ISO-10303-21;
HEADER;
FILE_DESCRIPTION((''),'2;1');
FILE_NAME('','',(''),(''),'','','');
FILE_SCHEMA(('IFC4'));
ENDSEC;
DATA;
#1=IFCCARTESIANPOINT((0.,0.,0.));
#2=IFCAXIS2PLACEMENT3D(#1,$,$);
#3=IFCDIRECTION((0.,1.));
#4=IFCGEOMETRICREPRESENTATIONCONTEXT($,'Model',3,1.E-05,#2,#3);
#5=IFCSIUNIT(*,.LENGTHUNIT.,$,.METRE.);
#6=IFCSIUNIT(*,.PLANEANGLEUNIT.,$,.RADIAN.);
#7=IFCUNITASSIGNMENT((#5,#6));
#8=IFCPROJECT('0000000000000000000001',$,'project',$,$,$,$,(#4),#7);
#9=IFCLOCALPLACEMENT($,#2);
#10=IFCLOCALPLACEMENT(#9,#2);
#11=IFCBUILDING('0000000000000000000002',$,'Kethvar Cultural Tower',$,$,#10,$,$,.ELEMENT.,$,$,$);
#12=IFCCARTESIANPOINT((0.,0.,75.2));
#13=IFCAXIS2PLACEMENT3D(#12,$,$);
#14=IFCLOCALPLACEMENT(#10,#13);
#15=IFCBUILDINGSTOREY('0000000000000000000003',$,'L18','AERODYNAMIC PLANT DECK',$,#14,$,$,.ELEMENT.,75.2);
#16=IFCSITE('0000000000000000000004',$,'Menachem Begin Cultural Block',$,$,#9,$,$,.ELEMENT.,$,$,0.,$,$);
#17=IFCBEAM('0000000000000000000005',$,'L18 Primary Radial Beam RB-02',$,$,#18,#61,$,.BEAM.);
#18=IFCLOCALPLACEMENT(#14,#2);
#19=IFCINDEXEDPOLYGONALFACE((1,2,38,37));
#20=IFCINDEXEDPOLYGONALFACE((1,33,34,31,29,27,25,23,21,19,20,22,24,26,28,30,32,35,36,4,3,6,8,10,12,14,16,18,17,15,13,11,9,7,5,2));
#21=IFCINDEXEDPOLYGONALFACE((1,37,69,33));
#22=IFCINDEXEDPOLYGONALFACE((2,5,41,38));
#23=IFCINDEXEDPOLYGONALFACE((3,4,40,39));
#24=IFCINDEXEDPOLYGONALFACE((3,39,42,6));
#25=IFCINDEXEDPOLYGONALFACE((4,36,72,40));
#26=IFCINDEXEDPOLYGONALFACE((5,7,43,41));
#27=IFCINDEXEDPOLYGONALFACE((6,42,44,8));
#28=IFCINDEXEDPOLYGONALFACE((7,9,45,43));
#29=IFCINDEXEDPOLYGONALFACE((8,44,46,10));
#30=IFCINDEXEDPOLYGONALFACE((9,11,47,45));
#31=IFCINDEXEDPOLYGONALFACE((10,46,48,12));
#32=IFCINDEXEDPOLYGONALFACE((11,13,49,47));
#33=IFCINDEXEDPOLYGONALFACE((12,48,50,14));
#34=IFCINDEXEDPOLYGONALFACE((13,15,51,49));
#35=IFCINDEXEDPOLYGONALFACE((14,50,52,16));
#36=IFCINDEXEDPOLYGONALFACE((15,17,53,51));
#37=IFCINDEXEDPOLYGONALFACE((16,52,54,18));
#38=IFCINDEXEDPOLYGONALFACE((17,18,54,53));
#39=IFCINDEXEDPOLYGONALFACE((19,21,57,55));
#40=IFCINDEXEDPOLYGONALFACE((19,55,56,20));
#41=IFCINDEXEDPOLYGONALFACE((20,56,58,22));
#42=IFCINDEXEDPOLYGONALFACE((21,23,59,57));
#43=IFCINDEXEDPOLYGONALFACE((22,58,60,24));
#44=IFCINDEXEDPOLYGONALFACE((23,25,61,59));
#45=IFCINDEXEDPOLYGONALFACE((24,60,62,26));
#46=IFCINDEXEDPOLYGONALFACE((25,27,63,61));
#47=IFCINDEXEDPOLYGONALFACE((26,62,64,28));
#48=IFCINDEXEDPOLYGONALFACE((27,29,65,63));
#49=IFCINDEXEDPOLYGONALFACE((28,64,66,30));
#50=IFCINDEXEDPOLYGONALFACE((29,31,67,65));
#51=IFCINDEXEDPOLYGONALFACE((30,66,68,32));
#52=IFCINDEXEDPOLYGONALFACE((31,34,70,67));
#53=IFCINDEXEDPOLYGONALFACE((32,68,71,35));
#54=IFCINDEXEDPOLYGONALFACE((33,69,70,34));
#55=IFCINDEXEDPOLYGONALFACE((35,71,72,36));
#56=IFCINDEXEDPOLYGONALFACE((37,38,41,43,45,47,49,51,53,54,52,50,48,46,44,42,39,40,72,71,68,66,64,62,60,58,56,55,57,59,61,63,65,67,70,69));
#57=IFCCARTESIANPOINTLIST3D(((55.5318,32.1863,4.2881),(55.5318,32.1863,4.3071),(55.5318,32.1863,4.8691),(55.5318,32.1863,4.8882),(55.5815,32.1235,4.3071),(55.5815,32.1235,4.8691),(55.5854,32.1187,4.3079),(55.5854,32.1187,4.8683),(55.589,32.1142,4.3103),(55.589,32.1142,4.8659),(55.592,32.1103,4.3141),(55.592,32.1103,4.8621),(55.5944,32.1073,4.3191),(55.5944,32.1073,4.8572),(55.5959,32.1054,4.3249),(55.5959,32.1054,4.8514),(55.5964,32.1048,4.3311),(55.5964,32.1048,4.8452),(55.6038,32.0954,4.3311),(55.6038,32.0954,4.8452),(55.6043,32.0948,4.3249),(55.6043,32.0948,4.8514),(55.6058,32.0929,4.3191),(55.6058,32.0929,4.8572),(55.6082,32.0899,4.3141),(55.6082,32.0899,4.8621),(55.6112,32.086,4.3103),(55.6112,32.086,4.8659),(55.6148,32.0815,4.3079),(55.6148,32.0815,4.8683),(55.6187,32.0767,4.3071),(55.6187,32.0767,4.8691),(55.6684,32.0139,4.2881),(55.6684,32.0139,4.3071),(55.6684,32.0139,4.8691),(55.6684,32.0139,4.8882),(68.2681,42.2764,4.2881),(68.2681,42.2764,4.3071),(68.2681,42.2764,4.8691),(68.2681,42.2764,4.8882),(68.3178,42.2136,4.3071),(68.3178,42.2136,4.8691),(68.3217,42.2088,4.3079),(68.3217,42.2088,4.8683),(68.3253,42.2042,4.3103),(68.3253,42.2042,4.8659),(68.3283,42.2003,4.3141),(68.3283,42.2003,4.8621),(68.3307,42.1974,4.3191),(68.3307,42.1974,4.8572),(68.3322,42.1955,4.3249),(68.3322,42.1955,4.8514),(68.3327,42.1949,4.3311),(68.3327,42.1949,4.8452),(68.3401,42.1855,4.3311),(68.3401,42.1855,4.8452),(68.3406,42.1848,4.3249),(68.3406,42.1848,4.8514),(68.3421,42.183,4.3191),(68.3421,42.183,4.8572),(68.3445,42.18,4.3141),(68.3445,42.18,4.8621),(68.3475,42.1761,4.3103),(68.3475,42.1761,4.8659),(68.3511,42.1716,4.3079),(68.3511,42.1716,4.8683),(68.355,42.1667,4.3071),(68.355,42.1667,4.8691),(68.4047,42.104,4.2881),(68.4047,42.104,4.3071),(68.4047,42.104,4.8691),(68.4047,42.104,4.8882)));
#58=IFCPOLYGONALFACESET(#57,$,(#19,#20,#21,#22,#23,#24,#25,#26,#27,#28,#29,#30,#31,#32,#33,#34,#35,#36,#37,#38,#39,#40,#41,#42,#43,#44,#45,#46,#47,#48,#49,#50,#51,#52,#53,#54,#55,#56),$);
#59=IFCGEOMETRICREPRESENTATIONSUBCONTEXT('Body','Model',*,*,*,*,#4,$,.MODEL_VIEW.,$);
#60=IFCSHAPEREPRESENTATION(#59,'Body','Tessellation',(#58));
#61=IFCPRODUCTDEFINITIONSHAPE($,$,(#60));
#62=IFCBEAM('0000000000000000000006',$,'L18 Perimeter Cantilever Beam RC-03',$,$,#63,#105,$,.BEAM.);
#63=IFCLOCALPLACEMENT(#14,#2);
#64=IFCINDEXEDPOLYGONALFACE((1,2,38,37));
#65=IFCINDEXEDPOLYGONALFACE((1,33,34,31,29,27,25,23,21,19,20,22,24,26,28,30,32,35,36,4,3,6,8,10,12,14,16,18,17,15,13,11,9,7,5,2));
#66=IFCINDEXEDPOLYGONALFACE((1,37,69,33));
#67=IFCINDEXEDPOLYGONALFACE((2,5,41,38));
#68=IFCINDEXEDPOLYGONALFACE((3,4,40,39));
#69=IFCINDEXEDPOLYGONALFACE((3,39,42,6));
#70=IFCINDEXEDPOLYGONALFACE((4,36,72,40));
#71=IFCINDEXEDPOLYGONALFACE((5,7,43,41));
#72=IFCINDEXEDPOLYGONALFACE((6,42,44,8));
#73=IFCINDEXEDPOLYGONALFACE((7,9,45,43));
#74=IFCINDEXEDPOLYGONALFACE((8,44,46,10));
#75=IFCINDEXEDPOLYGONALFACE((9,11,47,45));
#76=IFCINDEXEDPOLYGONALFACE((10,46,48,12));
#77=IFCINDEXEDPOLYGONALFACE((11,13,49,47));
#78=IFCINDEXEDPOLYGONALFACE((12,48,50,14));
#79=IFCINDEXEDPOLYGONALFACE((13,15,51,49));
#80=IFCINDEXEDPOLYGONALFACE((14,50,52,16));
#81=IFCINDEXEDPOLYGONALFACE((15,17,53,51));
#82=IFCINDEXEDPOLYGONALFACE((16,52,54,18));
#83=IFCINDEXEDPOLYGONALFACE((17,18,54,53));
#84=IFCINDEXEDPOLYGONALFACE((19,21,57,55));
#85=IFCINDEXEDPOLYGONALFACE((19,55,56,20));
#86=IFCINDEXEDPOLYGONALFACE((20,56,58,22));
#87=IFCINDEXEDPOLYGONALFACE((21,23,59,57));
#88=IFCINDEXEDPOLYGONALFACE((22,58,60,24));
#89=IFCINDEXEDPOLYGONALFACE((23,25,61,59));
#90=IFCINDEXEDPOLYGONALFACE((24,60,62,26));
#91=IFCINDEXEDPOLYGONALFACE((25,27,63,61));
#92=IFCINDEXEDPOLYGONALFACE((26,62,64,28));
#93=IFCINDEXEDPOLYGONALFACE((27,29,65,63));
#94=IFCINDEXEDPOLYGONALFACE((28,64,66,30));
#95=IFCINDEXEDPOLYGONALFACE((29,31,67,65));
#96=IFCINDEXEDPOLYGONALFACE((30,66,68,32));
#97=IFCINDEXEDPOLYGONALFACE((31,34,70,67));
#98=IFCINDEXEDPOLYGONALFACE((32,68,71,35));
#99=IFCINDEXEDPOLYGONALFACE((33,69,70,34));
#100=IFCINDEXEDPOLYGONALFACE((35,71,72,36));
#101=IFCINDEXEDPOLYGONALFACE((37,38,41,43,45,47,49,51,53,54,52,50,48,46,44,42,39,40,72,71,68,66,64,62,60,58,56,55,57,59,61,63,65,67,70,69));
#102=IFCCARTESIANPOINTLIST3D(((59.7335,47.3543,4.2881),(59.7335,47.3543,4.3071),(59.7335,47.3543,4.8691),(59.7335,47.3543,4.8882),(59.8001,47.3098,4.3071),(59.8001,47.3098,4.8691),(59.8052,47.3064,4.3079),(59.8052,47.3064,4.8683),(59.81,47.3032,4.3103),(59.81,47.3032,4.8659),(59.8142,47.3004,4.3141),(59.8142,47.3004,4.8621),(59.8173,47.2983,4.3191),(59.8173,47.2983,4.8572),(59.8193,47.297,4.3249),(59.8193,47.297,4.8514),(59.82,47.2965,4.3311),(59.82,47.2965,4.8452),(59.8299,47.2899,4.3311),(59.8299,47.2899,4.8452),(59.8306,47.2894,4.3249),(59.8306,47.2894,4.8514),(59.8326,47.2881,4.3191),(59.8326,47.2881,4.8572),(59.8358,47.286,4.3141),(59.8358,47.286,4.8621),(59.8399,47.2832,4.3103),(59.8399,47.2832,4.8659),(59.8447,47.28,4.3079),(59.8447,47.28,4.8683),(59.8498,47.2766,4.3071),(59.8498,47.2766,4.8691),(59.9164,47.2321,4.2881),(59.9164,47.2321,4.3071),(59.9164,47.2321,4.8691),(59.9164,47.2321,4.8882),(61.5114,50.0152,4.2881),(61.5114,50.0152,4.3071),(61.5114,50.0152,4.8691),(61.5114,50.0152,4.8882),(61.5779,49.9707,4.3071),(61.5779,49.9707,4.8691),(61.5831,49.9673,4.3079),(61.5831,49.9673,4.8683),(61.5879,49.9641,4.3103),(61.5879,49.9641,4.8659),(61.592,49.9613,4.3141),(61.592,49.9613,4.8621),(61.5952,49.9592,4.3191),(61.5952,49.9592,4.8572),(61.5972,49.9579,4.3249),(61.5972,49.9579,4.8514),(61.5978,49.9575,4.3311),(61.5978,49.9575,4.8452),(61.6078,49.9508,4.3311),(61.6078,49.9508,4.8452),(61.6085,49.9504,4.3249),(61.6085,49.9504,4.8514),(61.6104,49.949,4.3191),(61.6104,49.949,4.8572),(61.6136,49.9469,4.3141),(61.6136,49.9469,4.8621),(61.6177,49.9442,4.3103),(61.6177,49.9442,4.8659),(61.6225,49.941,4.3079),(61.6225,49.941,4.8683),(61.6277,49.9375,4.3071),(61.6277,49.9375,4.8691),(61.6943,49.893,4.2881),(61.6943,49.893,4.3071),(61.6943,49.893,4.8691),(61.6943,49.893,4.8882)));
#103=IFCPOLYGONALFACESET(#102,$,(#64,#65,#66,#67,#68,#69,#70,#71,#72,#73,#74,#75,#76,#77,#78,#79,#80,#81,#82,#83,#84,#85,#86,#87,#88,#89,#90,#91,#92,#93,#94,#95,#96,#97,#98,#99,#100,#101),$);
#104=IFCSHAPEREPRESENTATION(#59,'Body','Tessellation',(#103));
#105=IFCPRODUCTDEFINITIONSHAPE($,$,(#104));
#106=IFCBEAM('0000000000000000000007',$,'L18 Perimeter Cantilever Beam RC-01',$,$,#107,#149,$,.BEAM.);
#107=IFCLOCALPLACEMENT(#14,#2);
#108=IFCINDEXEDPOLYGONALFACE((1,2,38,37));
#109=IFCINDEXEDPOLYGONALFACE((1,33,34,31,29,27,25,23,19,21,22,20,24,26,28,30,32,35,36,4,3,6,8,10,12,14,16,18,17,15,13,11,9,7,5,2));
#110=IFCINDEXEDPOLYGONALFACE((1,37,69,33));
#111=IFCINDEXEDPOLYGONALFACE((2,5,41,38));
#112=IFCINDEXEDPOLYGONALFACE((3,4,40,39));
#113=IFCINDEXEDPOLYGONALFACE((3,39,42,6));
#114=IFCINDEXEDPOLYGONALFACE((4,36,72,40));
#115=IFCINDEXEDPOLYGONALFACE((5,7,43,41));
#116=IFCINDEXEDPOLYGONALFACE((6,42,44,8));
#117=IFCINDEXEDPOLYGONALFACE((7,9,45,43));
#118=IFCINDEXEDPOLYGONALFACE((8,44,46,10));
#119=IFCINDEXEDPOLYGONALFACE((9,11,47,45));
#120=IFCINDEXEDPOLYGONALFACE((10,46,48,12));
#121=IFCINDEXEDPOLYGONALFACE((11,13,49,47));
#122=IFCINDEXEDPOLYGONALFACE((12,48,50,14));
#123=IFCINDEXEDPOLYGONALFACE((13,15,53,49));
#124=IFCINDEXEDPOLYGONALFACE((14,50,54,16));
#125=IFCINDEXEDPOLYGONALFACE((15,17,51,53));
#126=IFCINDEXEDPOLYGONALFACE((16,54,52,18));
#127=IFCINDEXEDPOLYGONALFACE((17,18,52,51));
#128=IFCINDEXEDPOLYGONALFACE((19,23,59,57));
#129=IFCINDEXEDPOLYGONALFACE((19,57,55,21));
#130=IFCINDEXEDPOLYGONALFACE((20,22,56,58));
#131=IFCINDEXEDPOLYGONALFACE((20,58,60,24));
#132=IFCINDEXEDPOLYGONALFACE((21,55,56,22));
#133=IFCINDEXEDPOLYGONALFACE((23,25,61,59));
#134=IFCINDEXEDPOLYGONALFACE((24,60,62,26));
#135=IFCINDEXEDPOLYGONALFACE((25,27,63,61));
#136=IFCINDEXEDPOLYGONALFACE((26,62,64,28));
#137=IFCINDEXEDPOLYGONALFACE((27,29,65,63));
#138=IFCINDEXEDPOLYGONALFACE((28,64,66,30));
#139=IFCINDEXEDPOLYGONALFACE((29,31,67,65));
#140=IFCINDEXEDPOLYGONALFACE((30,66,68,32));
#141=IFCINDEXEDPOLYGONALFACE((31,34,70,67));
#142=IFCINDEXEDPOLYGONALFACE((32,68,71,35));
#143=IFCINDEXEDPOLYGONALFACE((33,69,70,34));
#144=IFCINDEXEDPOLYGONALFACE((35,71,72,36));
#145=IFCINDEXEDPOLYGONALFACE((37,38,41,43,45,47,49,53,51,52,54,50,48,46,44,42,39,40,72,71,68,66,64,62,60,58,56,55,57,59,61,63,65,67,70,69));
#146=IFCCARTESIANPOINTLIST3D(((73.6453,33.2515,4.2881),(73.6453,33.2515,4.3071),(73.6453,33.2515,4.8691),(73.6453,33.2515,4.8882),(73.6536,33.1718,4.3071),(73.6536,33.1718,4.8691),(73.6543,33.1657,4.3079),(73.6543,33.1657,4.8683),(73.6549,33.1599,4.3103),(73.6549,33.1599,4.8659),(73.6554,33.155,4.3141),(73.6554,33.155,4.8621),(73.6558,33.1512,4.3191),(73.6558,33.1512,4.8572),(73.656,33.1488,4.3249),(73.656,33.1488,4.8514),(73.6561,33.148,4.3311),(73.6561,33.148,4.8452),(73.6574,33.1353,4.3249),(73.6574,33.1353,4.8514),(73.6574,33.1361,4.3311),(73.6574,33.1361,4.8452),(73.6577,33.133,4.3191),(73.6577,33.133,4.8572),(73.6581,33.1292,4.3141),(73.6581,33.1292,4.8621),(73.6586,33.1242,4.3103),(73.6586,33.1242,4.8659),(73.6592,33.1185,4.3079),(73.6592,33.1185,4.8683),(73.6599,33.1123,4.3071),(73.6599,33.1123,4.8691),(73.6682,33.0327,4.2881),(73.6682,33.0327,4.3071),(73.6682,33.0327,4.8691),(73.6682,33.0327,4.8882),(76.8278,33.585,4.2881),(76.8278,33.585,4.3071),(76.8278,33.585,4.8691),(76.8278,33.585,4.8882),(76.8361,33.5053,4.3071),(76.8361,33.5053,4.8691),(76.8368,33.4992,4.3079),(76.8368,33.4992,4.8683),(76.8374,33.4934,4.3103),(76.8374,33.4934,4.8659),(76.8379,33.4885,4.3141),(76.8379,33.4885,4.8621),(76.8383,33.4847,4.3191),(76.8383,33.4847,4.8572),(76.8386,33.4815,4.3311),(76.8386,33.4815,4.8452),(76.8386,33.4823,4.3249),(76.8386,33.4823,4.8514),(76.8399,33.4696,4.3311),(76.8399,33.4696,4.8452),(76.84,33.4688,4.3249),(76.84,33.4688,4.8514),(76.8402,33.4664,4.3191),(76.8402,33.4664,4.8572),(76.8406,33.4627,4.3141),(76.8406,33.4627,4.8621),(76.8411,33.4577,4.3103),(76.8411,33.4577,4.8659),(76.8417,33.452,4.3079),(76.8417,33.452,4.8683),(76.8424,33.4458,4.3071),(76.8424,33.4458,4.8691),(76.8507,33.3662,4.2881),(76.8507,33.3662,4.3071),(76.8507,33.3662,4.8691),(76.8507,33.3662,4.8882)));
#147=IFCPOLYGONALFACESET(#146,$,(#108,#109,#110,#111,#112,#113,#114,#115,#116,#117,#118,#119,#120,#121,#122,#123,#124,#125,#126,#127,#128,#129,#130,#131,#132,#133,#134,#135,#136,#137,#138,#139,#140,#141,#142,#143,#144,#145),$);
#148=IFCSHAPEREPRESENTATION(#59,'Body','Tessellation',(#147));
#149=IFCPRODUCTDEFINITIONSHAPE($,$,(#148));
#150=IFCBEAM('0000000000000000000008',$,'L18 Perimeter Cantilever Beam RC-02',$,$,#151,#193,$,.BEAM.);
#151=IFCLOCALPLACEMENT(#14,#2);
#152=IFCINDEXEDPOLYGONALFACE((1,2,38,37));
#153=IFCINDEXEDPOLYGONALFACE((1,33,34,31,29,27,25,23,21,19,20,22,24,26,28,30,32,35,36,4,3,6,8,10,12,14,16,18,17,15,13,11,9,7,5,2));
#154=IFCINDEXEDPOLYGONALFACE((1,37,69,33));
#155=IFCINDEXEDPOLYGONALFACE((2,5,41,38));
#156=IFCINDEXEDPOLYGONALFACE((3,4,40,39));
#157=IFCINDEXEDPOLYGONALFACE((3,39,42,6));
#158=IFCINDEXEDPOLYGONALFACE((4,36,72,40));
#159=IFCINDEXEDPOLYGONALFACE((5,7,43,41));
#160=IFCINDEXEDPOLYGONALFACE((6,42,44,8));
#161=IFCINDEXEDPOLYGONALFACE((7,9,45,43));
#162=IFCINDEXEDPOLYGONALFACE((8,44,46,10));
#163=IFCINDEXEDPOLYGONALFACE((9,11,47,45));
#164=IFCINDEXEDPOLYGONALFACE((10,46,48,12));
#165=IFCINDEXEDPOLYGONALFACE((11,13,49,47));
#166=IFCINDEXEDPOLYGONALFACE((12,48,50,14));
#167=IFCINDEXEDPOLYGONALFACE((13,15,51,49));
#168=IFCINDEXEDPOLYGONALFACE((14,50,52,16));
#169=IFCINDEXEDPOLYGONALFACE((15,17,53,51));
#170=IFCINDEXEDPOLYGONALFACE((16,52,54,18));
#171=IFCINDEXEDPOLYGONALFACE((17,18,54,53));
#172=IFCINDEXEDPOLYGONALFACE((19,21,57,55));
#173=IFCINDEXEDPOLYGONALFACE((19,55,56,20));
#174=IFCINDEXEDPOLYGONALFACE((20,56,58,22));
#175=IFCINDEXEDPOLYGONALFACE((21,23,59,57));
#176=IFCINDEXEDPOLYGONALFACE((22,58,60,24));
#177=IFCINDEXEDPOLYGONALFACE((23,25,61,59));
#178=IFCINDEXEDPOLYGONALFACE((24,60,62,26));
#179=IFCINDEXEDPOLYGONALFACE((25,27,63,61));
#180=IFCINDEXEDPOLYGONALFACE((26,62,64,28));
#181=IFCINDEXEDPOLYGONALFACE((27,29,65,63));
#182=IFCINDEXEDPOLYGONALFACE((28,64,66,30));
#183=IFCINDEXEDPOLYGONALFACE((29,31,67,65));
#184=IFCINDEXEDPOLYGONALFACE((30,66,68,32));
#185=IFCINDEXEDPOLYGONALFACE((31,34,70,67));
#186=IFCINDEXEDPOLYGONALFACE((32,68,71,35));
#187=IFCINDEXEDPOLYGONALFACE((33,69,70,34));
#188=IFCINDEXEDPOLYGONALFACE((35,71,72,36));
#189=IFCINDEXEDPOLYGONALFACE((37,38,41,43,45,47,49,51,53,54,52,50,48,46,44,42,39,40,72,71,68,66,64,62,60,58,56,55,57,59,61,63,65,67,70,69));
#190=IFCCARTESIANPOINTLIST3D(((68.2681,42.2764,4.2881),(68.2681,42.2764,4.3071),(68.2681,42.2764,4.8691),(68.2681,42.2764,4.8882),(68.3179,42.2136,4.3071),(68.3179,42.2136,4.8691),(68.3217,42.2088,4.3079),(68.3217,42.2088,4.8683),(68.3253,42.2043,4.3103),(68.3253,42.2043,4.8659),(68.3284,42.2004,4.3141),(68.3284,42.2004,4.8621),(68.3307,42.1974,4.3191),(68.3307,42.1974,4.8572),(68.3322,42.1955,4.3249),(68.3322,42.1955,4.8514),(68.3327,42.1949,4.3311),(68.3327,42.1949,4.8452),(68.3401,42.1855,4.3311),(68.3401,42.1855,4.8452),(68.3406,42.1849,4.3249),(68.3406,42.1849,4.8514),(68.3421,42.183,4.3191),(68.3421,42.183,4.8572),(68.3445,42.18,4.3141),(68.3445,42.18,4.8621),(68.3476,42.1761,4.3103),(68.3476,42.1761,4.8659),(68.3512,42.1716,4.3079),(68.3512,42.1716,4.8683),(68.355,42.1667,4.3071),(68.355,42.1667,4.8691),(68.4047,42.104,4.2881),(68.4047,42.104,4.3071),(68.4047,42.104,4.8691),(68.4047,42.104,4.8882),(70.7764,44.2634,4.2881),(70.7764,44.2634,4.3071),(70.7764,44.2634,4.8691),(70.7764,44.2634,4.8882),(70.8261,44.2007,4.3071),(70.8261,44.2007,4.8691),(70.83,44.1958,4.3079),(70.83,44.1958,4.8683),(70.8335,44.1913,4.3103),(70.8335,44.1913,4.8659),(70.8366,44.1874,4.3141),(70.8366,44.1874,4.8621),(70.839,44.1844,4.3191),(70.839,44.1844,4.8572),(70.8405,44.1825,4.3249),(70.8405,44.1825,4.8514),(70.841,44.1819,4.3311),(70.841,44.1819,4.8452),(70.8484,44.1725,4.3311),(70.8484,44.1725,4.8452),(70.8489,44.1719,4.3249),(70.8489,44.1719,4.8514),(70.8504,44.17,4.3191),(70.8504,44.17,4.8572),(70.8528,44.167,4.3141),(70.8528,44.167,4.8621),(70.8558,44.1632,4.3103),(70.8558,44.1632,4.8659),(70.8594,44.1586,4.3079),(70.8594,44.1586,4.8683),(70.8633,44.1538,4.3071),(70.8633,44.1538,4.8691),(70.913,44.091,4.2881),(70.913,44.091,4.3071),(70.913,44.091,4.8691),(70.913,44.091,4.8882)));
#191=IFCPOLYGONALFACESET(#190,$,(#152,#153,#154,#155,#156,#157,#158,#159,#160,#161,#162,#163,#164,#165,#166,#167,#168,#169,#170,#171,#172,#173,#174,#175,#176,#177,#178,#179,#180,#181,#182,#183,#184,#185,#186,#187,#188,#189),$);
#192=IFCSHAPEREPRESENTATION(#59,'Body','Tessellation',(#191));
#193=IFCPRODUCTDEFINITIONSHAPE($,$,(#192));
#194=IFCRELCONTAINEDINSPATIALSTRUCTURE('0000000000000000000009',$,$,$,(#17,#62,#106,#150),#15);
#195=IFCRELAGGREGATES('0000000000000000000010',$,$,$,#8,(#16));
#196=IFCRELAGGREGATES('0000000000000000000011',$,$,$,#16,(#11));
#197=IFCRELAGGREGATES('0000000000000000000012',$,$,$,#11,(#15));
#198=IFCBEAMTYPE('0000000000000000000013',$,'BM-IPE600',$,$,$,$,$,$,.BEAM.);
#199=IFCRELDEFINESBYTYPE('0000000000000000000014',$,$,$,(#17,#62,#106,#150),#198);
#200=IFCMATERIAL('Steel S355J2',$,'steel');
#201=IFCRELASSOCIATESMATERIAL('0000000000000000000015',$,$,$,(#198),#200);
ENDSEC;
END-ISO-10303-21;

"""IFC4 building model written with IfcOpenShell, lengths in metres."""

from ifc_helpers import new_model, si_unit, direction, frame, origin, origin_2d, place, context, subcontext, project, spatial, i_section, extrude, source, transform, mapped, material, material_profile, profile_set, type_object, element, save


model = new_model("IFC4")

# Units and contexts
model_context = context("Model", 3, precision=1e-05, world=origin(), true_north=direction((0.0, 1.0)))
body_context = subcontext(model_context, "Body", "Model", "MODEL_VIEW")
ifc_project = project(units=[si_unit("LENGTHUNIT", "METRE"), si_unit("PLANEANGLEUNIT", "RADIAN")], contexts=[model_context])

# Site, building, storey
site_placement = place(None, origin())
site = spatial("IfcSite", under=ifc_project, at=site_placement, Name="Menachem Begin Cultural Block", CompositionType="ELEMENT", RefElevation=0.0)
building_placement = place(site_placement, origin())
building = spatial("IfcBuilding", under=site, at=building_placement, Name="Kethvar Cultural Tower", CompositionType="ELEMENT")
storey_placement = place(building_placement, frame((0.0, 0.0, 75.2)))
storey = spatial("IfcBuildingStorey", under=building, at=storey_placement, Name="L18", Description="AERODYNAMIC PLANT DECK", CompositionType="ELEMENT", Elevation=75.2)

# Beams
ifc_material_1 = material(Name="Steel S355J2", Category="steel")
ifc_material_profile_1 = material_profile(ifc_material_1, i_section(OverallWidth=0.22, OverallDepth=0.6001, WebThickness=0.012, FlangeThickness=0.019, FilletRadius=0.0239, at=origin_2d()), Name="Steel S355J2 — IPE600")
ifc_profile_set_1 = profile_set([ifc_material_profile_1], Name="Steel S355J2 — IPE600")
beam_type_1 = type_object("IfcBeamType", Name="BM-IPE600", PredefinedType="BEAM", material=ifc_profile_set_1)
shared_shape_1 = source(origin(), body_context, "Body", "SweptSolid", [
    extrude(i_section(OverallWidth=0.22, OverallDepth=0.6001, WebThickness=0.012, FlangeThickness=0.019, FilletRadius=0.0239, at=origin_2d()), origin(), (0.0, 0.0, 1.0), 16.2488),
])
beam_1_placement = place(storey_placement, frame((55.6001, 32.1001, 4.5881), z_axis=(0.783831, 0.620974, 0.0), x_axis=(-0.620974, 0.783831, 0.0)))
element("IfcBeam", 1, at=beam_1_placement, inside=storey, type_object=beam_type_1, Name="L18 Primary Radial Beam RB-02", PredefinedType="BEAM", context=body_context, shape_type="MappedRepresentation", body=[
    mapped(shared_shape_1, transform((0.0, 0.0, 0.0), scale=1.0)),
])
shared_shape_2 = source(origin(), body_context, "Body", "SweptSolid", [
    extrude(i_section(OverallWidth=0.22, OverallDepth=0.6001, WebThickness=0.012, FlangeThickness=0.019, FilletRadius=0.0239, at=origin_2d()), origin(), (0.0, 0.0, 1.0), 3.2002),
])
beam_2_placement = place(storey_placement, frame((59.825, 47.2932, 4.5881), z_axis=(0.555545, 0.831486, 0.0), x_axis=(-0.831486, 0.555545, 0.0)))
element("IfcBeam", 2, at=beam_2_placement, inside=storey, type_object=beam_type_1, Name="L18 Perimeter Cantilever Beam RC-03", PredefinedType="BEAM", context=body_context, shape_type="MappedRepresentation", body=[
    mapped(shared_shape_2, transform((0.0, 0.0, 0.0), scale=1.0)),
])
shared_shape_3 = source(origin(), body_context, "Body", "SweptSolid", [
    extrude(i_section(OverallWidth=0.22, OverallDepth=0.6001, WebThickness=0.012, FlangeThickness=0.019, FilletRadius=0.0239, at=origin_2d()), origin(), (0.0, 0.0, 1.0), 3.2),
])
for number, where, z_axis, x_axis, name in (
    (3, (73.6567, 33.1421, 4.5881), (0.994555, 0.104216, 0.0), (-0.104216, 0.994555, 0.0), "L18 Perimeter Cantilever Beam RC-01"),
    (4, (68.3364, 42.1902, 4.5881), (0.783845, 0.620957, 0.0), (-0.620957, 0.783845, 0.0), "L18 Perimeter Cantilever Beam RC-02"),
):
    element("IfcBeam", number, at=place(storey_placement, frame(where, z_axis=z_axis, x_axis=x_axis)), inside=storey, type_object=beam_type_1, Name=name, PredefinedType="BEAM", context=body_context, shape_type="MappedRepresentation", body=[
        mapped(shared_shape_3, transform((0.0, 0.0, 0.0), scale=1.0)),
    ])

save(model, "model.ifc")
